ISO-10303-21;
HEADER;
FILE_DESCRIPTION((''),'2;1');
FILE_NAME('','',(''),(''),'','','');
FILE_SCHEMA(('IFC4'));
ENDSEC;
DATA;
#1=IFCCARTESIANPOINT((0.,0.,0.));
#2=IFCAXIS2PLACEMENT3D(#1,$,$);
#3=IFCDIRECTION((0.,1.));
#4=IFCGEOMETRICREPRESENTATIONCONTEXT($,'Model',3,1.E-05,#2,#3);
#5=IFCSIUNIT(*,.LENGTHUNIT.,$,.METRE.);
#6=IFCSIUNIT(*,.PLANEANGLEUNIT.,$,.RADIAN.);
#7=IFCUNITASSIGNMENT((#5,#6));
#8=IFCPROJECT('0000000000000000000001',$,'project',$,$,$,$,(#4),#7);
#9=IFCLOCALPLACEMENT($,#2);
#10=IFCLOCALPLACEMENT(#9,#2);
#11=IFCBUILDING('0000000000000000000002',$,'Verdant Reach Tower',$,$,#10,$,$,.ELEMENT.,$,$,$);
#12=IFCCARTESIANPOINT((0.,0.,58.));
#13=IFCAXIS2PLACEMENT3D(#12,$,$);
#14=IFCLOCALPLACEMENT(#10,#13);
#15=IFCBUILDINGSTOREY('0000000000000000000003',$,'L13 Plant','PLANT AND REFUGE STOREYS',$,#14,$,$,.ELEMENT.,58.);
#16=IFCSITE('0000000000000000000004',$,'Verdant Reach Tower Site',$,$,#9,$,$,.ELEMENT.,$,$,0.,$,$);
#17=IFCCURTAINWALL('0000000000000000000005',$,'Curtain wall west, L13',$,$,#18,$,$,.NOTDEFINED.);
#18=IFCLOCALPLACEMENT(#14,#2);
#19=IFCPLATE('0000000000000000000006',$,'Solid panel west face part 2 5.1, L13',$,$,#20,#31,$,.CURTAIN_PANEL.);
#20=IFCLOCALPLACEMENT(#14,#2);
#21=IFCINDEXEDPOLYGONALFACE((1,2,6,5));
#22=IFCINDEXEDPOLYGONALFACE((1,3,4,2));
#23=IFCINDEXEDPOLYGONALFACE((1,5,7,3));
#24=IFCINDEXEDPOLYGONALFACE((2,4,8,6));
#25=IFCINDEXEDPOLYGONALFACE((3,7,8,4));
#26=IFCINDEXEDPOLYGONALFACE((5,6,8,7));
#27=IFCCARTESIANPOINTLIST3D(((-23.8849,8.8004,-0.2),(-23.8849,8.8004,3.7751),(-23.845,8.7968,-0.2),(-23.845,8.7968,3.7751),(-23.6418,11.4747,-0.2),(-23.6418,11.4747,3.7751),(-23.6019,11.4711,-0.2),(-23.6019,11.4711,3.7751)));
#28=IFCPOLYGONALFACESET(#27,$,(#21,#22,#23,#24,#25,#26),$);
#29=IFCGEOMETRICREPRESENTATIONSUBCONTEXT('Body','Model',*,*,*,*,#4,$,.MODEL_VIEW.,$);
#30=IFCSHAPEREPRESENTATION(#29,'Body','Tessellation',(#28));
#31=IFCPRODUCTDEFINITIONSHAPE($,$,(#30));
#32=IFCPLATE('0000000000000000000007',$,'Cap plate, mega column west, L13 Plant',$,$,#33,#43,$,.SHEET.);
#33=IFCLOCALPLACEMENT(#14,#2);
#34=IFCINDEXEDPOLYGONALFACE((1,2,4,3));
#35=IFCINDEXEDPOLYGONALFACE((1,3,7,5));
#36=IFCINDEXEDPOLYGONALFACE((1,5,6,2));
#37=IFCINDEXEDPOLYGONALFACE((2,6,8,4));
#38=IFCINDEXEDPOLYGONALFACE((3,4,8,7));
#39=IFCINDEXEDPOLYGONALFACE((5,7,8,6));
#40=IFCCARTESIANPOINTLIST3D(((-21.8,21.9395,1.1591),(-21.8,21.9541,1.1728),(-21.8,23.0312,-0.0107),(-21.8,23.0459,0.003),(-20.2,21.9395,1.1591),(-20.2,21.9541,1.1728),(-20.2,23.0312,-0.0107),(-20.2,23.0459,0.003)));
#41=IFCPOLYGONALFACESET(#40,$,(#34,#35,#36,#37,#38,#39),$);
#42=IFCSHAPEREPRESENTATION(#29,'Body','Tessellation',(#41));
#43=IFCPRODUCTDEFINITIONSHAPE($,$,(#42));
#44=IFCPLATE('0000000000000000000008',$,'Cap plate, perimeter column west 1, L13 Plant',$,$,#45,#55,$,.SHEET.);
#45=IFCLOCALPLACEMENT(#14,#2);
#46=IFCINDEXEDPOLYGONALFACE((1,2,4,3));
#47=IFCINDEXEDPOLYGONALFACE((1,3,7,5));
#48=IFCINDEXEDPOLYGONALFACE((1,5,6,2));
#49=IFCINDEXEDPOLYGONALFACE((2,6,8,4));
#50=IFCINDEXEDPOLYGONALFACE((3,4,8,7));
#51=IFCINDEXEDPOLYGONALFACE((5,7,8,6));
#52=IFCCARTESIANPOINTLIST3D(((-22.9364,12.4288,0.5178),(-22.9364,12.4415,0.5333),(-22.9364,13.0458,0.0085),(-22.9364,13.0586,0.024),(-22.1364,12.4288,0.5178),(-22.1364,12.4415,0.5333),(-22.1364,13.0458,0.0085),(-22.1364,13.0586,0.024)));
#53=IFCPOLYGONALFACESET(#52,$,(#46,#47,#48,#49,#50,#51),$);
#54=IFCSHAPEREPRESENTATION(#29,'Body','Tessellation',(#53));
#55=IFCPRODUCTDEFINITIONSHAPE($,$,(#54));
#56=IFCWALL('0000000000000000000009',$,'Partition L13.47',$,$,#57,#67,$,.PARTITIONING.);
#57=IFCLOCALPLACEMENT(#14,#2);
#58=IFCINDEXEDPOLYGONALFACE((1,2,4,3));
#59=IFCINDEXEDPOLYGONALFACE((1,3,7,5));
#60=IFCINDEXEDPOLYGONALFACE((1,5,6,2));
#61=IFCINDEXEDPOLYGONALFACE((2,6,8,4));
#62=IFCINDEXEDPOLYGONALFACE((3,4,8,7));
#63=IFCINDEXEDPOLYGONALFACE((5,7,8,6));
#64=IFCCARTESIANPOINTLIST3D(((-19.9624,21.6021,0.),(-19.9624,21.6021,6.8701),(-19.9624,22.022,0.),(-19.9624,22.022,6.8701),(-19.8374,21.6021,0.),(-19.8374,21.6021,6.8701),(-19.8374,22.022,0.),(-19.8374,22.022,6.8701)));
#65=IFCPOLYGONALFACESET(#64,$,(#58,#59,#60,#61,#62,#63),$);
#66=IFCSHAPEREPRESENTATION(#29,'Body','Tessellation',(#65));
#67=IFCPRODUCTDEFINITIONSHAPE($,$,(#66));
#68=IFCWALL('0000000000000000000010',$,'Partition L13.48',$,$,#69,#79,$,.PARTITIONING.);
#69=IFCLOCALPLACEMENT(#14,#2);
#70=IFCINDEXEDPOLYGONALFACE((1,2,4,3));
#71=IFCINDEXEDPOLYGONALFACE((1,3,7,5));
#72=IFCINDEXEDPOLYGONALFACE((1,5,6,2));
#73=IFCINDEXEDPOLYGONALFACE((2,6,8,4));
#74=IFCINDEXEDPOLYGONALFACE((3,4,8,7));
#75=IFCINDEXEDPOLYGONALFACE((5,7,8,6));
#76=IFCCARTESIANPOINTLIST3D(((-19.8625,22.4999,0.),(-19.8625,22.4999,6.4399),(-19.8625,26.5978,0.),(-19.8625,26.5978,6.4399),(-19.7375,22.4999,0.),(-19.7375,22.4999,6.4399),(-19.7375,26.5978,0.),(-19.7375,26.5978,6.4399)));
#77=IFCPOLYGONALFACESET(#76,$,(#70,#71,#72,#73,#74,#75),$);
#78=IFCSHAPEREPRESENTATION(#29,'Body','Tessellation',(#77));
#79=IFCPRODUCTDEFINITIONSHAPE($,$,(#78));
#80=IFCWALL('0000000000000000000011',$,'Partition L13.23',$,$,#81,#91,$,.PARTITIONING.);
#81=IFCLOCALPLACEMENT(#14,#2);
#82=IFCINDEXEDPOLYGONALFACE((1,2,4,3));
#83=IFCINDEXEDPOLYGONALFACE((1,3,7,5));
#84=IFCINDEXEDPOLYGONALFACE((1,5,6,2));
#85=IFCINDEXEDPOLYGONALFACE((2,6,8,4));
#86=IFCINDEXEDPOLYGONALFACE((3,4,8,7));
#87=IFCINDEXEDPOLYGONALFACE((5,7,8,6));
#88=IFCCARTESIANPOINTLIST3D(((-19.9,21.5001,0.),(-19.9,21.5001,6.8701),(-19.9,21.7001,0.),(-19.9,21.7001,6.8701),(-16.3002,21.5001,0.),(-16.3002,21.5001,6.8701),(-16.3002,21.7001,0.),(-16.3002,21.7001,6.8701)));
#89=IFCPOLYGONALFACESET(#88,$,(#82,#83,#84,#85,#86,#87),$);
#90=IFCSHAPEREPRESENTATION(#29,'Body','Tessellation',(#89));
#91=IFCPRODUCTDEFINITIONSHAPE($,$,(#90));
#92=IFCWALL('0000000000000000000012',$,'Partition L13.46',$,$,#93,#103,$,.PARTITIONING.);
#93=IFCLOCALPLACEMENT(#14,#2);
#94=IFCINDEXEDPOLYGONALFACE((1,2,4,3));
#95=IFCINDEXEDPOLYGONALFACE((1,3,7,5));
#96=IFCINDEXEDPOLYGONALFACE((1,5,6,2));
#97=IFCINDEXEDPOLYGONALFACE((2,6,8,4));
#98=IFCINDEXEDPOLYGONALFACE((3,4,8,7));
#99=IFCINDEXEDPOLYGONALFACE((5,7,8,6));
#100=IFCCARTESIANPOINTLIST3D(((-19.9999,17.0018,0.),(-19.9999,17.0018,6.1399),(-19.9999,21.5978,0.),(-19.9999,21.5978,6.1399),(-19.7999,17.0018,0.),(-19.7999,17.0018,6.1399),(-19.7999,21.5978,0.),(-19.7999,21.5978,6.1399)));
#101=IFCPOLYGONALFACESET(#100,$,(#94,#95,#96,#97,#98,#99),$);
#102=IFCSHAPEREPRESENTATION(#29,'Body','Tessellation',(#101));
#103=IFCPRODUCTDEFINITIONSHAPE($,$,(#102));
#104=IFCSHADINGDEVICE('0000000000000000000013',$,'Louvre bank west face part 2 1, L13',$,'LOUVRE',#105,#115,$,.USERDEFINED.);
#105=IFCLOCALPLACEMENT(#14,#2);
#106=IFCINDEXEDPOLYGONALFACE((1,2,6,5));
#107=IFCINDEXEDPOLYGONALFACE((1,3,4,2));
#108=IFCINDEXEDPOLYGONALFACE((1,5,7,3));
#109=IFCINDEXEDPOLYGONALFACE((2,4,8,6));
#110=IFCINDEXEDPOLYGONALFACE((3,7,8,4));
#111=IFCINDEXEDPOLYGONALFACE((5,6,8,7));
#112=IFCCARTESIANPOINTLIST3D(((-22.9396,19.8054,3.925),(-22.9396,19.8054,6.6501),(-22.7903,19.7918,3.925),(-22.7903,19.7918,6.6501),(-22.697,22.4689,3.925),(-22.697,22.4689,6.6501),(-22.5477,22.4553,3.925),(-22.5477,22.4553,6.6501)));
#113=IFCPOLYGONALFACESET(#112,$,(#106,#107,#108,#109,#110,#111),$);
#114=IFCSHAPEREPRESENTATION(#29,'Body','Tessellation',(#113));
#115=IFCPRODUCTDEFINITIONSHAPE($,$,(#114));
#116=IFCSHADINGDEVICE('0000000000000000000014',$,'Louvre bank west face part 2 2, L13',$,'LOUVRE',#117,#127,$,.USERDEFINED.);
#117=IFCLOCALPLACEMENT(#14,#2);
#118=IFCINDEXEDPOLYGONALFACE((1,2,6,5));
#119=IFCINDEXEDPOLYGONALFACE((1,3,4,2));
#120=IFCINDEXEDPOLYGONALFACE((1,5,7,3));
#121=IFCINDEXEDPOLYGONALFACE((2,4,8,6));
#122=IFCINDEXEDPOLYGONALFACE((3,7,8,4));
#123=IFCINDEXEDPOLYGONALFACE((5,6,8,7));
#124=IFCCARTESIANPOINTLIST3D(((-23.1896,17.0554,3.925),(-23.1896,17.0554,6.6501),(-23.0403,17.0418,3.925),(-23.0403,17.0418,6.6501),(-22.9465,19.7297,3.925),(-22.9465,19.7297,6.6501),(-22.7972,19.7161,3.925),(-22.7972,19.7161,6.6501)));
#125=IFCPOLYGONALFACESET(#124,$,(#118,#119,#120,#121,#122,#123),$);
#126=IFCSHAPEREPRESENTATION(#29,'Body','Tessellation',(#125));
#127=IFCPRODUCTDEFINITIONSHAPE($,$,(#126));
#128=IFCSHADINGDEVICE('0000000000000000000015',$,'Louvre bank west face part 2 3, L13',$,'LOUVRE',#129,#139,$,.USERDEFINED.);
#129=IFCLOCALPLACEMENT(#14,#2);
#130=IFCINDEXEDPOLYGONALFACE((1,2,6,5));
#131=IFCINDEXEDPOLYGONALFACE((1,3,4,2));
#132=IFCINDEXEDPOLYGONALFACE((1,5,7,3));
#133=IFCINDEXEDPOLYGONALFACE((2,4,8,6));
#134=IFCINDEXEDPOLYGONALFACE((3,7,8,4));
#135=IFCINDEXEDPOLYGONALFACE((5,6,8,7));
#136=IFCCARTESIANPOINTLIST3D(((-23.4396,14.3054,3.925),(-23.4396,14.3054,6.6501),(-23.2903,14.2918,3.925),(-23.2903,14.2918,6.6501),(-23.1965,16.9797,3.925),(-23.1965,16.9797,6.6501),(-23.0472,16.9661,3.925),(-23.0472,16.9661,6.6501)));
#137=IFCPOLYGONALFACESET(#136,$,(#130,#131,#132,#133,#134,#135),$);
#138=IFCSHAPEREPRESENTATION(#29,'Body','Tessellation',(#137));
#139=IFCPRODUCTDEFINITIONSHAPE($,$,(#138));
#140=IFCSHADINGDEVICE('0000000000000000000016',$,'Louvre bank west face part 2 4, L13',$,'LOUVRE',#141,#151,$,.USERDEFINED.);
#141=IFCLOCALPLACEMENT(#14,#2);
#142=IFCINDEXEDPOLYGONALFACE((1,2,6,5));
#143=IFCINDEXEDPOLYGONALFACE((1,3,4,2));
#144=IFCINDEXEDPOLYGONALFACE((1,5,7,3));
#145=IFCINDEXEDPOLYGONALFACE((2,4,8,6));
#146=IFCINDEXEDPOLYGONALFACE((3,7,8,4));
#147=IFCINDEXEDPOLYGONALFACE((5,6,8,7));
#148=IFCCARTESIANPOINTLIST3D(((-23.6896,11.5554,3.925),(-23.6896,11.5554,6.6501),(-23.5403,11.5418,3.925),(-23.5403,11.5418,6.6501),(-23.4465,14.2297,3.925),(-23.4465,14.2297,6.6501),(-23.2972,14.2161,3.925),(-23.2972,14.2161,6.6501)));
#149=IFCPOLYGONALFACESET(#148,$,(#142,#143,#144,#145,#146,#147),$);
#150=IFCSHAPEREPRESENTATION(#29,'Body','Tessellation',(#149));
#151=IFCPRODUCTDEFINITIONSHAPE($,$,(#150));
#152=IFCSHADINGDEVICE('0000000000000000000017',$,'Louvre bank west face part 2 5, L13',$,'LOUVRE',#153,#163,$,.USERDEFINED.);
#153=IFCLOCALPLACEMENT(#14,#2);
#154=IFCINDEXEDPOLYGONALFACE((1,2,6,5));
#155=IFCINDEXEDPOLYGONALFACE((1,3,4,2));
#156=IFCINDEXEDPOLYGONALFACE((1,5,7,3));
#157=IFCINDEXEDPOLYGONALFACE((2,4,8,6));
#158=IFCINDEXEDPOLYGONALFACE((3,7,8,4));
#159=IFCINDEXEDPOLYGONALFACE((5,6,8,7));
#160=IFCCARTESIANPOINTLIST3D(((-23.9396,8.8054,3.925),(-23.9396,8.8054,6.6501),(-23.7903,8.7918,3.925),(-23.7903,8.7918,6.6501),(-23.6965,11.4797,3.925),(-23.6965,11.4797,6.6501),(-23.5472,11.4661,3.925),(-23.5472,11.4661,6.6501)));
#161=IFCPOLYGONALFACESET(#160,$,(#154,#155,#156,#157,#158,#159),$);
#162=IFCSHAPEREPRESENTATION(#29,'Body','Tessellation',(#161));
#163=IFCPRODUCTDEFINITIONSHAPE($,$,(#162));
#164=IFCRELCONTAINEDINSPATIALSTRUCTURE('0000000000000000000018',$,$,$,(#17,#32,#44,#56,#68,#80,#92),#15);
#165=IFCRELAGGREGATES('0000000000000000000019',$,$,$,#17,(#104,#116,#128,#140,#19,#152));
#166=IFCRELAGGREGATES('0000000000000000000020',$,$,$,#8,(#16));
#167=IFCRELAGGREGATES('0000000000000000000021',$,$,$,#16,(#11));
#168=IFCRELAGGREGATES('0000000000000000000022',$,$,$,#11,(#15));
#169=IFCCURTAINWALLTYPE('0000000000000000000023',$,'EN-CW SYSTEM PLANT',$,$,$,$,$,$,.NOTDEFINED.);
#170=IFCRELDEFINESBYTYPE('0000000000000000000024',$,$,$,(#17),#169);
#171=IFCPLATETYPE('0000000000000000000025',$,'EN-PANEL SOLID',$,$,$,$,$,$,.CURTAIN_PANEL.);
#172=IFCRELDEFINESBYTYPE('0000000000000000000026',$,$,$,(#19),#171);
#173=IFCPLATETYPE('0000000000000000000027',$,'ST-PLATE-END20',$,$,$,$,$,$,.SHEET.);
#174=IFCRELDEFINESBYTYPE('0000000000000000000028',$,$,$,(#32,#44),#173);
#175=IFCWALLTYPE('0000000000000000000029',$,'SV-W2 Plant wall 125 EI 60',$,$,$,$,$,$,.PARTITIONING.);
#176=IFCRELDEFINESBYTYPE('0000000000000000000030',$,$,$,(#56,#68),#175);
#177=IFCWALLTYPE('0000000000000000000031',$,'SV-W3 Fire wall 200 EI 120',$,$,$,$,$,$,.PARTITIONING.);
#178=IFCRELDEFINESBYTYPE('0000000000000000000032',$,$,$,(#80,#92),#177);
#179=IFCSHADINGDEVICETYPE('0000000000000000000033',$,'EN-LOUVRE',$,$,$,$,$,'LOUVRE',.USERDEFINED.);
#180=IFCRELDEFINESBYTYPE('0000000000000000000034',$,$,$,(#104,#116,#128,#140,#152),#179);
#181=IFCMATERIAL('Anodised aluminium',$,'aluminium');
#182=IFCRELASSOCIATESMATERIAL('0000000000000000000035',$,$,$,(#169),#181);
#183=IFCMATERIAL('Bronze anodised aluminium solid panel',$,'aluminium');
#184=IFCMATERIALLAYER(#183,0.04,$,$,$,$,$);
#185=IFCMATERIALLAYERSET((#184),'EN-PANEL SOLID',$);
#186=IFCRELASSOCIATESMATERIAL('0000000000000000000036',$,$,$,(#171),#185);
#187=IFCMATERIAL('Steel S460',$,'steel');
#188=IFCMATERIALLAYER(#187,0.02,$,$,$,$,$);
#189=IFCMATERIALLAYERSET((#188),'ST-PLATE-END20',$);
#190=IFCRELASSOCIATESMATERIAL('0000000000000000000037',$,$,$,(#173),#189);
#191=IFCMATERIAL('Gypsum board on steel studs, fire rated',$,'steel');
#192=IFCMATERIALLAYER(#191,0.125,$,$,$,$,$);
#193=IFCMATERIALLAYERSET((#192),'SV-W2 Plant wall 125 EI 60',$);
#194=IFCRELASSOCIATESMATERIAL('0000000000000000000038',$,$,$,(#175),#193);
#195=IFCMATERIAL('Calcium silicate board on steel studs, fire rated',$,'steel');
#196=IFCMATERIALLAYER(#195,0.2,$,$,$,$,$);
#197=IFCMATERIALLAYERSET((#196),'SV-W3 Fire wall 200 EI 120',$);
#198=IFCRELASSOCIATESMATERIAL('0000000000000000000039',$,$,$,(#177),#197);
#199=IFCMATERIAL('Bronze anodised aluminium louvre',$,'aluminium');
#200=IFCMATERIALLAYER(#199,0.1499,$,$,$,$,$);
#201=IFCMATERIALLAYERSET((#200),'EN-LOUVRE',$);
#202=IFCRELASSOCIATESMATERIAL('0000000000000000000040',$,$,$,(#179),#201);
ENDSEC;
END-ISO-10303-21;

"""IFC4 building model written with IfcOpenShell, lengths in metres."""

from ifc_helpers import new_model, si_unit, direction, frame, frame_2d, origin, origin_2d, place, context, subcontext, project, spatial, rectangle, extrude, material, layer, layer_set, type_object, element, aggregate, save


model = new_model("IFC4")

# Units and contexts
model_context = context("Model", 3, precision=1e-05, world=origin(), true_north=direction((0.0, 1.0)))
body_context = subcontext(model_context, "Body", "Model", "MODEL_VIEW")
ifc_project = project(units=[si_unit("LENGTHUNIT", "METRE"), si_unit("PLANEANGLEUNIT", "RADIAN")], contexts=[model_context])

# Site, building, storey
site_placement = place(None, origin())
site = spatial("IfcSite", under=ifc_project, at=site_placement, Name="Verdant Reach Tower Site", CompositionType="ELEMENT", RefElevation=0.0)
building_placement = place(site_placement, origin())
building = spatial("IfcBuilding", under=site, at=building_placement, Name="Verdant Reach Tower", CompositionType="ELEMENT")
storey_placement = place(building_placement, frame((0.0, 0.0, 58.0)))
storey = spatial("IfcBuildingStorey", under=building, at=storey_placement, Name="L13 Plant", Description="PLANT AND REFUGE STOREYS", CompositionType="ELEMENT", Elevation=58.0)

# Shared definitions
ifc_material_1 = material(Name="Steel S460", Category="steel")

# Curtain wall
ifc_material_2 = material(Name="Anodised aluminium", Category="aluminium")
curtain_wall_type = type_object("IfcCurtainWallType", Name="EN-CW SYSTEM PLANT", PredefinedType="NOTDEFINED", material=ifc_material_2)
curtain_wall_placement = place(storey_placement, origin())
curtain_wall = element("IfcCurtainWall", 1, at=curtain_wall_placement, inside=storey, type_object=curtain_wall_type, Name="Curtain wall west, L13", PredefinedType="NOTDEFINED")

# Plate
ifc_material_3 = material(Name="Bronze anodised aluminium solid panel", Category="aluminium")
ifc_layer_1 = layer(ifc_material_3, 0.04)
ifc_layer_set_1 = layer_set([ifc_layer_1], Name="EN-PANEL SOLID")
plate_type_1 = type_object("IfcPlateType", Name="EN-PANEL SOLID", PredefinedType="CURTAIN_PANEL", material=ifc_layer_set_1)
plate_1_placement = place(storey_placement, frame((-23.7434, 10.1357, -0.2), z_axis=(0.0, 0.0, 1.0), x_axis=(-0.090536, -0.995893, 0.0)))
plate_1 = element("IfcPlate", 2, at=plate_1_placement, type_object=plate_type_1, Name="Solid panel west face part 2 5.1, L13", PredefinedType="CURTAIN_PANEL", context=body_context, shape_type="SweptSolid", body=[
    extrude(rectangle(XDim=2.6853, YDim=0.04, at=origin_2d()), origin(), (0.0, 0.0, 1.0), 3.9751),
])

# Plates
ifc_layer_2 = layer(ifc_material_1, 0.02)
ifc_layer_set_2 = layer_set([ifc_layer_2], Name="ST-PLATE-END20")
plate_type_2 = type_object("IfcPlateType", Name="ST-PLATE-END20", PredefinedType="SHEET", material=ifc_layer_set_2)
plate_2_placement = place(storey_placement, frame((-21.0, 22.4854, 0.5742), z_axis=(0.0, 0.731055, 0.682318), x_axis=(-1.0, 0.0, 0.0)))
element("IfcPlate", 3, at=plate_2_placement, inside=storey, type_object=plate_type_2, Name="Cap plate, mega column west, L13 Plant", PredefinedType="SHEET", context=body_context, shape_type="SweptSolid", body=[
    extrude(rectangle(XDim=1.6001, YDim=1.6001, at=origin_2d()), origin(), (0.0, 0.0, 1.0), 0.02),
])
plate_3_placement = place(storey_placement, frame((-22.5364, 12.7373, 0.2632), z_axis=(0.0, 0.636565, 0.771223), x_axis=(-1.0, 0.0, 0.0)))
element("IfcPlate", 4, at=plate_3_placement, inside=storey, type_object=plate_type_2, Name="Cap plate, perimeter column west 1, L13 Plant", PredefinedType="SHEET", context=body_context, shape_type="SweptSolid", body=[
    extrude(rectangle(XDim=0.8, YDim=0.8, at=origin_2d()), origin(), (0.0, 0.0, 1.0), 0.02),
])

# Walls
ifc_material_4 = material(Name="Gypsum board on steel studs, fire rated", Category="steel")
ifc_layer_3 = layer(ifc_material_4, 0.125)
ifc_layer_set_3 = layer_set([ifc_layer_3], Name="SV-W2 Plant wall 125 EI 60")
wall_type_1 = type_object("IfcWallType", Name="SV-W2 Plant wall 125 EI 60", PredefinedType="PARTITIONING", material=ifc_layer_set_3)
wall_1_placement = place(storey_placement, frame((-19.8999, 21.6021, 0.0), z_axis=(0.0, 0.0, 1.0), x_axis=(0.0, 1.0, 0.0)))
element("IfcWall", 5, at=wall_1_placement, inside=storey, type_object=wall_type_1, Name="Partition L13.47", PredefinedType="PARTITIONING", context=body_context, shape_type="SweptSolid", body=[
    extrude(rectangle(XDim=0.4199, YDim=0.125, at=frame_2d((0.21, 0.0))), origin(), (0.0, 0.0, 1.0), 6.8701),
])
wall_2_placement = place(storey_placement, frame((-19.8, 22.5, 0.0), z_axis=(0.0, 0.0, 1.0), x_axis=(0.0, 1.0, 0.0)))
element("IfcWall", 6, at=wall_2_placement, inside=storey, type_object=wall_type_1, Name="Partition L13.48", PredefinedType="PARTITIONING", context=body_context, shape_type="SweptSolid", body=[
    extrude(rectangle(XDim=4.0979, YDim=0.125, at=frame_2d((2.0488, 0.0))), origin(), (0.0, 0.0, 1.0), 6.4399),
])
ifc_material_5 = material(Name="Calcium silicate board on steel studs, fire rated", Category="steel")
ifc_layer_4 = layer(ifc_material_5, 0.2)
ifc_layer_set_4 = layer_set([ifc_layer_4], Name="SV-W3 Fire wall 200 EI 120")
wall_type_2 = type_object("IfcWallType", Name="SV-W3 Fire wall 200 EI 120", PredefinedType="PARTITIONING", material=ifc_layer_set_4)
wall_3_placement = place(storey_placement, frame((-19.8999, 21.6001, 0.0), z_axis=(0.0, 0.0, 1.0), x_axis=(1.0, 0.0, 0.0)))
element("IfcWall", 7, at=wall_3_placement, inside=storey, type_object=wall_type_2, Name="Partition L13.23", PredefinedType="PARTITIONING", context=body_context, shape_type="SweptSolid", body=[
    extrude(rectangle(XDim=3.5999, YDim=0.2, at=frame_2d((1.7998, 0.0))), origin(), (0.0, 0.0, 1.0), 6.8701),
])
wall_4_placement = place(storey_placement, frame((-19.8999, 17.002, 0.0), z_axis=(0.0, 0.0, 1.0), x_axis=(0.0, 1.0, 0.0)))
element("IfcWall", 8, at=wall_4_placement, inside=storey, type_object=wall_type_2, Name="Partition L13.46", PredefinedType="PARTITIONING", context=body_context, shape_type="SweptSolid", body=[
    extrude(rectangle(XDim=4.5959, YDim=0.2, at=frame_2d((2.2979, 0.0))), origin(), (0.0, 0.0, 1.0), 6.1399),
])

# Shading devices
ifc_material_6 = material(Name="Bronze anodised aluminium louvre", Category="aluminium")
ifc_layer_5 = layer(ifc_material_6, 0.1499)
ifc_layer_set_5 = layer_set([ifc_layer_5], Name="EN-LOUVRE")
shading_device_type = type_object("IfcShadingDeviceType", Name="EN-LOUVRE", ElementType="LOUVRE", PredefinedType="USERDEFINED", material=ifc_layer_set_5)
shading_device_1_placement = place(storey_placement, frame((-22.7437, 21.1304, 3.925), z_axis=(0.0, 0.0, 1.0), x_axis=(-0.090713, -0.995877, 0.0)))
shading_device_1 = element("IfcShadingDevice", 9, at=shading_device_1_placement, type_object=shading_device_type, Name="Louvre bank west face part 2 1, L13", ObjectType="LOUVRE", PredefinedType="USERDEFINED", context=body_context, shape_type="SweptSolid", body=[
    extrude(rectangle(XDim=2.6746, YDim=0.1499, at=origin_2d()), origin(), (0.0, 0.0, 1.0), 2.7251),
])
shading_device_2_placement = place(storey_placement, frame((-22.9934, 18.3857, 3.925), z_axis=(0.0, 0.0, 1.0), x_axis=(-0.090536, -0.995893, 0.0)))
shading_device_2 = element("IfcShadingDevice", 10, at=shading_device_2_placement, type_object=shading_device_type, Name="Louvre bank west face part 2 2, L13", ObjectType="LOUVRE", PredefinedType="USERDEFINED", context=body_context, shape_type="SweptSolid", body=[
    extrude(rectangle(XDim=2.6853, YDim=0.1499, at=origin_2d()), origin(), (0.0, 0.0, 1.0), 2.7251),
])
shading_device_3_placement = place(storey_placement, frame((-23.2434, 15.6357, 3.925), z_axis=(0.0, 0.0, 1.0), x_axis=(-0.090536, -0.995893, 0.0)))
shading_device_3 = element("IfcShadingDevice", 11, at=shading_device_3_placement, type_object=shading_device_type, Name="Louvre bank west face part 2 3, L13", ObjectType="LOUVRE", PredefinedType="USERDEFINED", context=body_context, shape_type="SweptSolid", body=[
    extrude(rectangle(XDim=2.6853, YDim=0.1499, at=origin_2d()), origin(), (0.0, 0.0, 1.0), 2.7251),
])
shading_device_4_placement = place(storey_placement, frame((-23.4934, 12.8857, 3.925), z_axis=(0.0, 0.0, 1.0), x_axis=(-0.090536, -0.995893, 0.0)))
shading_device_4 = element("IfcShadingDevice", 12, at=shading_device_4_placement, type_object=shading_device_type, Name="Louvre bank west face part 2 4, L13", ObjectType="LOUVRE", PredefinedType="USERDEFINED", context=body_context, shape_type="SweptSolid", body=[
    extrude(rectangle(XDim=2.6853, YDim=0.1499, at=origin_2d()), origin(), (0.0, 0.0, 1.0), 2.7251),
])
shading_device_5_placement = place(storey_placement, frame((-23.7434, 10.1357, 3.925), z_axis=(0.0, 0.0, 1.0), x_axis=(-0.090536, -0.995893, 0.0)))
shading_device_5 = element("IfcShadingDevice", 13, at=shading_device_5_placement, type_object=shading_device_type, Name="Louvre bank west face part 2 5, L13", ObjectType="LOUVRE", PredefinedType="USERDEFINED", context=body_context, shape_type="SweptSolid", body=[
    extrude(rectangle(XDim=2.6853, YDim=0.1499, at=origin_2d()), origin(), (0.0, 0.0, 1.0), 2.7251),
])
aggregate(curtain_wall, [shading_device_1, shading_device_2, shading_device_3, shading_device_4, plate_1, shading_device_5])

save(model, "model.ifc")
